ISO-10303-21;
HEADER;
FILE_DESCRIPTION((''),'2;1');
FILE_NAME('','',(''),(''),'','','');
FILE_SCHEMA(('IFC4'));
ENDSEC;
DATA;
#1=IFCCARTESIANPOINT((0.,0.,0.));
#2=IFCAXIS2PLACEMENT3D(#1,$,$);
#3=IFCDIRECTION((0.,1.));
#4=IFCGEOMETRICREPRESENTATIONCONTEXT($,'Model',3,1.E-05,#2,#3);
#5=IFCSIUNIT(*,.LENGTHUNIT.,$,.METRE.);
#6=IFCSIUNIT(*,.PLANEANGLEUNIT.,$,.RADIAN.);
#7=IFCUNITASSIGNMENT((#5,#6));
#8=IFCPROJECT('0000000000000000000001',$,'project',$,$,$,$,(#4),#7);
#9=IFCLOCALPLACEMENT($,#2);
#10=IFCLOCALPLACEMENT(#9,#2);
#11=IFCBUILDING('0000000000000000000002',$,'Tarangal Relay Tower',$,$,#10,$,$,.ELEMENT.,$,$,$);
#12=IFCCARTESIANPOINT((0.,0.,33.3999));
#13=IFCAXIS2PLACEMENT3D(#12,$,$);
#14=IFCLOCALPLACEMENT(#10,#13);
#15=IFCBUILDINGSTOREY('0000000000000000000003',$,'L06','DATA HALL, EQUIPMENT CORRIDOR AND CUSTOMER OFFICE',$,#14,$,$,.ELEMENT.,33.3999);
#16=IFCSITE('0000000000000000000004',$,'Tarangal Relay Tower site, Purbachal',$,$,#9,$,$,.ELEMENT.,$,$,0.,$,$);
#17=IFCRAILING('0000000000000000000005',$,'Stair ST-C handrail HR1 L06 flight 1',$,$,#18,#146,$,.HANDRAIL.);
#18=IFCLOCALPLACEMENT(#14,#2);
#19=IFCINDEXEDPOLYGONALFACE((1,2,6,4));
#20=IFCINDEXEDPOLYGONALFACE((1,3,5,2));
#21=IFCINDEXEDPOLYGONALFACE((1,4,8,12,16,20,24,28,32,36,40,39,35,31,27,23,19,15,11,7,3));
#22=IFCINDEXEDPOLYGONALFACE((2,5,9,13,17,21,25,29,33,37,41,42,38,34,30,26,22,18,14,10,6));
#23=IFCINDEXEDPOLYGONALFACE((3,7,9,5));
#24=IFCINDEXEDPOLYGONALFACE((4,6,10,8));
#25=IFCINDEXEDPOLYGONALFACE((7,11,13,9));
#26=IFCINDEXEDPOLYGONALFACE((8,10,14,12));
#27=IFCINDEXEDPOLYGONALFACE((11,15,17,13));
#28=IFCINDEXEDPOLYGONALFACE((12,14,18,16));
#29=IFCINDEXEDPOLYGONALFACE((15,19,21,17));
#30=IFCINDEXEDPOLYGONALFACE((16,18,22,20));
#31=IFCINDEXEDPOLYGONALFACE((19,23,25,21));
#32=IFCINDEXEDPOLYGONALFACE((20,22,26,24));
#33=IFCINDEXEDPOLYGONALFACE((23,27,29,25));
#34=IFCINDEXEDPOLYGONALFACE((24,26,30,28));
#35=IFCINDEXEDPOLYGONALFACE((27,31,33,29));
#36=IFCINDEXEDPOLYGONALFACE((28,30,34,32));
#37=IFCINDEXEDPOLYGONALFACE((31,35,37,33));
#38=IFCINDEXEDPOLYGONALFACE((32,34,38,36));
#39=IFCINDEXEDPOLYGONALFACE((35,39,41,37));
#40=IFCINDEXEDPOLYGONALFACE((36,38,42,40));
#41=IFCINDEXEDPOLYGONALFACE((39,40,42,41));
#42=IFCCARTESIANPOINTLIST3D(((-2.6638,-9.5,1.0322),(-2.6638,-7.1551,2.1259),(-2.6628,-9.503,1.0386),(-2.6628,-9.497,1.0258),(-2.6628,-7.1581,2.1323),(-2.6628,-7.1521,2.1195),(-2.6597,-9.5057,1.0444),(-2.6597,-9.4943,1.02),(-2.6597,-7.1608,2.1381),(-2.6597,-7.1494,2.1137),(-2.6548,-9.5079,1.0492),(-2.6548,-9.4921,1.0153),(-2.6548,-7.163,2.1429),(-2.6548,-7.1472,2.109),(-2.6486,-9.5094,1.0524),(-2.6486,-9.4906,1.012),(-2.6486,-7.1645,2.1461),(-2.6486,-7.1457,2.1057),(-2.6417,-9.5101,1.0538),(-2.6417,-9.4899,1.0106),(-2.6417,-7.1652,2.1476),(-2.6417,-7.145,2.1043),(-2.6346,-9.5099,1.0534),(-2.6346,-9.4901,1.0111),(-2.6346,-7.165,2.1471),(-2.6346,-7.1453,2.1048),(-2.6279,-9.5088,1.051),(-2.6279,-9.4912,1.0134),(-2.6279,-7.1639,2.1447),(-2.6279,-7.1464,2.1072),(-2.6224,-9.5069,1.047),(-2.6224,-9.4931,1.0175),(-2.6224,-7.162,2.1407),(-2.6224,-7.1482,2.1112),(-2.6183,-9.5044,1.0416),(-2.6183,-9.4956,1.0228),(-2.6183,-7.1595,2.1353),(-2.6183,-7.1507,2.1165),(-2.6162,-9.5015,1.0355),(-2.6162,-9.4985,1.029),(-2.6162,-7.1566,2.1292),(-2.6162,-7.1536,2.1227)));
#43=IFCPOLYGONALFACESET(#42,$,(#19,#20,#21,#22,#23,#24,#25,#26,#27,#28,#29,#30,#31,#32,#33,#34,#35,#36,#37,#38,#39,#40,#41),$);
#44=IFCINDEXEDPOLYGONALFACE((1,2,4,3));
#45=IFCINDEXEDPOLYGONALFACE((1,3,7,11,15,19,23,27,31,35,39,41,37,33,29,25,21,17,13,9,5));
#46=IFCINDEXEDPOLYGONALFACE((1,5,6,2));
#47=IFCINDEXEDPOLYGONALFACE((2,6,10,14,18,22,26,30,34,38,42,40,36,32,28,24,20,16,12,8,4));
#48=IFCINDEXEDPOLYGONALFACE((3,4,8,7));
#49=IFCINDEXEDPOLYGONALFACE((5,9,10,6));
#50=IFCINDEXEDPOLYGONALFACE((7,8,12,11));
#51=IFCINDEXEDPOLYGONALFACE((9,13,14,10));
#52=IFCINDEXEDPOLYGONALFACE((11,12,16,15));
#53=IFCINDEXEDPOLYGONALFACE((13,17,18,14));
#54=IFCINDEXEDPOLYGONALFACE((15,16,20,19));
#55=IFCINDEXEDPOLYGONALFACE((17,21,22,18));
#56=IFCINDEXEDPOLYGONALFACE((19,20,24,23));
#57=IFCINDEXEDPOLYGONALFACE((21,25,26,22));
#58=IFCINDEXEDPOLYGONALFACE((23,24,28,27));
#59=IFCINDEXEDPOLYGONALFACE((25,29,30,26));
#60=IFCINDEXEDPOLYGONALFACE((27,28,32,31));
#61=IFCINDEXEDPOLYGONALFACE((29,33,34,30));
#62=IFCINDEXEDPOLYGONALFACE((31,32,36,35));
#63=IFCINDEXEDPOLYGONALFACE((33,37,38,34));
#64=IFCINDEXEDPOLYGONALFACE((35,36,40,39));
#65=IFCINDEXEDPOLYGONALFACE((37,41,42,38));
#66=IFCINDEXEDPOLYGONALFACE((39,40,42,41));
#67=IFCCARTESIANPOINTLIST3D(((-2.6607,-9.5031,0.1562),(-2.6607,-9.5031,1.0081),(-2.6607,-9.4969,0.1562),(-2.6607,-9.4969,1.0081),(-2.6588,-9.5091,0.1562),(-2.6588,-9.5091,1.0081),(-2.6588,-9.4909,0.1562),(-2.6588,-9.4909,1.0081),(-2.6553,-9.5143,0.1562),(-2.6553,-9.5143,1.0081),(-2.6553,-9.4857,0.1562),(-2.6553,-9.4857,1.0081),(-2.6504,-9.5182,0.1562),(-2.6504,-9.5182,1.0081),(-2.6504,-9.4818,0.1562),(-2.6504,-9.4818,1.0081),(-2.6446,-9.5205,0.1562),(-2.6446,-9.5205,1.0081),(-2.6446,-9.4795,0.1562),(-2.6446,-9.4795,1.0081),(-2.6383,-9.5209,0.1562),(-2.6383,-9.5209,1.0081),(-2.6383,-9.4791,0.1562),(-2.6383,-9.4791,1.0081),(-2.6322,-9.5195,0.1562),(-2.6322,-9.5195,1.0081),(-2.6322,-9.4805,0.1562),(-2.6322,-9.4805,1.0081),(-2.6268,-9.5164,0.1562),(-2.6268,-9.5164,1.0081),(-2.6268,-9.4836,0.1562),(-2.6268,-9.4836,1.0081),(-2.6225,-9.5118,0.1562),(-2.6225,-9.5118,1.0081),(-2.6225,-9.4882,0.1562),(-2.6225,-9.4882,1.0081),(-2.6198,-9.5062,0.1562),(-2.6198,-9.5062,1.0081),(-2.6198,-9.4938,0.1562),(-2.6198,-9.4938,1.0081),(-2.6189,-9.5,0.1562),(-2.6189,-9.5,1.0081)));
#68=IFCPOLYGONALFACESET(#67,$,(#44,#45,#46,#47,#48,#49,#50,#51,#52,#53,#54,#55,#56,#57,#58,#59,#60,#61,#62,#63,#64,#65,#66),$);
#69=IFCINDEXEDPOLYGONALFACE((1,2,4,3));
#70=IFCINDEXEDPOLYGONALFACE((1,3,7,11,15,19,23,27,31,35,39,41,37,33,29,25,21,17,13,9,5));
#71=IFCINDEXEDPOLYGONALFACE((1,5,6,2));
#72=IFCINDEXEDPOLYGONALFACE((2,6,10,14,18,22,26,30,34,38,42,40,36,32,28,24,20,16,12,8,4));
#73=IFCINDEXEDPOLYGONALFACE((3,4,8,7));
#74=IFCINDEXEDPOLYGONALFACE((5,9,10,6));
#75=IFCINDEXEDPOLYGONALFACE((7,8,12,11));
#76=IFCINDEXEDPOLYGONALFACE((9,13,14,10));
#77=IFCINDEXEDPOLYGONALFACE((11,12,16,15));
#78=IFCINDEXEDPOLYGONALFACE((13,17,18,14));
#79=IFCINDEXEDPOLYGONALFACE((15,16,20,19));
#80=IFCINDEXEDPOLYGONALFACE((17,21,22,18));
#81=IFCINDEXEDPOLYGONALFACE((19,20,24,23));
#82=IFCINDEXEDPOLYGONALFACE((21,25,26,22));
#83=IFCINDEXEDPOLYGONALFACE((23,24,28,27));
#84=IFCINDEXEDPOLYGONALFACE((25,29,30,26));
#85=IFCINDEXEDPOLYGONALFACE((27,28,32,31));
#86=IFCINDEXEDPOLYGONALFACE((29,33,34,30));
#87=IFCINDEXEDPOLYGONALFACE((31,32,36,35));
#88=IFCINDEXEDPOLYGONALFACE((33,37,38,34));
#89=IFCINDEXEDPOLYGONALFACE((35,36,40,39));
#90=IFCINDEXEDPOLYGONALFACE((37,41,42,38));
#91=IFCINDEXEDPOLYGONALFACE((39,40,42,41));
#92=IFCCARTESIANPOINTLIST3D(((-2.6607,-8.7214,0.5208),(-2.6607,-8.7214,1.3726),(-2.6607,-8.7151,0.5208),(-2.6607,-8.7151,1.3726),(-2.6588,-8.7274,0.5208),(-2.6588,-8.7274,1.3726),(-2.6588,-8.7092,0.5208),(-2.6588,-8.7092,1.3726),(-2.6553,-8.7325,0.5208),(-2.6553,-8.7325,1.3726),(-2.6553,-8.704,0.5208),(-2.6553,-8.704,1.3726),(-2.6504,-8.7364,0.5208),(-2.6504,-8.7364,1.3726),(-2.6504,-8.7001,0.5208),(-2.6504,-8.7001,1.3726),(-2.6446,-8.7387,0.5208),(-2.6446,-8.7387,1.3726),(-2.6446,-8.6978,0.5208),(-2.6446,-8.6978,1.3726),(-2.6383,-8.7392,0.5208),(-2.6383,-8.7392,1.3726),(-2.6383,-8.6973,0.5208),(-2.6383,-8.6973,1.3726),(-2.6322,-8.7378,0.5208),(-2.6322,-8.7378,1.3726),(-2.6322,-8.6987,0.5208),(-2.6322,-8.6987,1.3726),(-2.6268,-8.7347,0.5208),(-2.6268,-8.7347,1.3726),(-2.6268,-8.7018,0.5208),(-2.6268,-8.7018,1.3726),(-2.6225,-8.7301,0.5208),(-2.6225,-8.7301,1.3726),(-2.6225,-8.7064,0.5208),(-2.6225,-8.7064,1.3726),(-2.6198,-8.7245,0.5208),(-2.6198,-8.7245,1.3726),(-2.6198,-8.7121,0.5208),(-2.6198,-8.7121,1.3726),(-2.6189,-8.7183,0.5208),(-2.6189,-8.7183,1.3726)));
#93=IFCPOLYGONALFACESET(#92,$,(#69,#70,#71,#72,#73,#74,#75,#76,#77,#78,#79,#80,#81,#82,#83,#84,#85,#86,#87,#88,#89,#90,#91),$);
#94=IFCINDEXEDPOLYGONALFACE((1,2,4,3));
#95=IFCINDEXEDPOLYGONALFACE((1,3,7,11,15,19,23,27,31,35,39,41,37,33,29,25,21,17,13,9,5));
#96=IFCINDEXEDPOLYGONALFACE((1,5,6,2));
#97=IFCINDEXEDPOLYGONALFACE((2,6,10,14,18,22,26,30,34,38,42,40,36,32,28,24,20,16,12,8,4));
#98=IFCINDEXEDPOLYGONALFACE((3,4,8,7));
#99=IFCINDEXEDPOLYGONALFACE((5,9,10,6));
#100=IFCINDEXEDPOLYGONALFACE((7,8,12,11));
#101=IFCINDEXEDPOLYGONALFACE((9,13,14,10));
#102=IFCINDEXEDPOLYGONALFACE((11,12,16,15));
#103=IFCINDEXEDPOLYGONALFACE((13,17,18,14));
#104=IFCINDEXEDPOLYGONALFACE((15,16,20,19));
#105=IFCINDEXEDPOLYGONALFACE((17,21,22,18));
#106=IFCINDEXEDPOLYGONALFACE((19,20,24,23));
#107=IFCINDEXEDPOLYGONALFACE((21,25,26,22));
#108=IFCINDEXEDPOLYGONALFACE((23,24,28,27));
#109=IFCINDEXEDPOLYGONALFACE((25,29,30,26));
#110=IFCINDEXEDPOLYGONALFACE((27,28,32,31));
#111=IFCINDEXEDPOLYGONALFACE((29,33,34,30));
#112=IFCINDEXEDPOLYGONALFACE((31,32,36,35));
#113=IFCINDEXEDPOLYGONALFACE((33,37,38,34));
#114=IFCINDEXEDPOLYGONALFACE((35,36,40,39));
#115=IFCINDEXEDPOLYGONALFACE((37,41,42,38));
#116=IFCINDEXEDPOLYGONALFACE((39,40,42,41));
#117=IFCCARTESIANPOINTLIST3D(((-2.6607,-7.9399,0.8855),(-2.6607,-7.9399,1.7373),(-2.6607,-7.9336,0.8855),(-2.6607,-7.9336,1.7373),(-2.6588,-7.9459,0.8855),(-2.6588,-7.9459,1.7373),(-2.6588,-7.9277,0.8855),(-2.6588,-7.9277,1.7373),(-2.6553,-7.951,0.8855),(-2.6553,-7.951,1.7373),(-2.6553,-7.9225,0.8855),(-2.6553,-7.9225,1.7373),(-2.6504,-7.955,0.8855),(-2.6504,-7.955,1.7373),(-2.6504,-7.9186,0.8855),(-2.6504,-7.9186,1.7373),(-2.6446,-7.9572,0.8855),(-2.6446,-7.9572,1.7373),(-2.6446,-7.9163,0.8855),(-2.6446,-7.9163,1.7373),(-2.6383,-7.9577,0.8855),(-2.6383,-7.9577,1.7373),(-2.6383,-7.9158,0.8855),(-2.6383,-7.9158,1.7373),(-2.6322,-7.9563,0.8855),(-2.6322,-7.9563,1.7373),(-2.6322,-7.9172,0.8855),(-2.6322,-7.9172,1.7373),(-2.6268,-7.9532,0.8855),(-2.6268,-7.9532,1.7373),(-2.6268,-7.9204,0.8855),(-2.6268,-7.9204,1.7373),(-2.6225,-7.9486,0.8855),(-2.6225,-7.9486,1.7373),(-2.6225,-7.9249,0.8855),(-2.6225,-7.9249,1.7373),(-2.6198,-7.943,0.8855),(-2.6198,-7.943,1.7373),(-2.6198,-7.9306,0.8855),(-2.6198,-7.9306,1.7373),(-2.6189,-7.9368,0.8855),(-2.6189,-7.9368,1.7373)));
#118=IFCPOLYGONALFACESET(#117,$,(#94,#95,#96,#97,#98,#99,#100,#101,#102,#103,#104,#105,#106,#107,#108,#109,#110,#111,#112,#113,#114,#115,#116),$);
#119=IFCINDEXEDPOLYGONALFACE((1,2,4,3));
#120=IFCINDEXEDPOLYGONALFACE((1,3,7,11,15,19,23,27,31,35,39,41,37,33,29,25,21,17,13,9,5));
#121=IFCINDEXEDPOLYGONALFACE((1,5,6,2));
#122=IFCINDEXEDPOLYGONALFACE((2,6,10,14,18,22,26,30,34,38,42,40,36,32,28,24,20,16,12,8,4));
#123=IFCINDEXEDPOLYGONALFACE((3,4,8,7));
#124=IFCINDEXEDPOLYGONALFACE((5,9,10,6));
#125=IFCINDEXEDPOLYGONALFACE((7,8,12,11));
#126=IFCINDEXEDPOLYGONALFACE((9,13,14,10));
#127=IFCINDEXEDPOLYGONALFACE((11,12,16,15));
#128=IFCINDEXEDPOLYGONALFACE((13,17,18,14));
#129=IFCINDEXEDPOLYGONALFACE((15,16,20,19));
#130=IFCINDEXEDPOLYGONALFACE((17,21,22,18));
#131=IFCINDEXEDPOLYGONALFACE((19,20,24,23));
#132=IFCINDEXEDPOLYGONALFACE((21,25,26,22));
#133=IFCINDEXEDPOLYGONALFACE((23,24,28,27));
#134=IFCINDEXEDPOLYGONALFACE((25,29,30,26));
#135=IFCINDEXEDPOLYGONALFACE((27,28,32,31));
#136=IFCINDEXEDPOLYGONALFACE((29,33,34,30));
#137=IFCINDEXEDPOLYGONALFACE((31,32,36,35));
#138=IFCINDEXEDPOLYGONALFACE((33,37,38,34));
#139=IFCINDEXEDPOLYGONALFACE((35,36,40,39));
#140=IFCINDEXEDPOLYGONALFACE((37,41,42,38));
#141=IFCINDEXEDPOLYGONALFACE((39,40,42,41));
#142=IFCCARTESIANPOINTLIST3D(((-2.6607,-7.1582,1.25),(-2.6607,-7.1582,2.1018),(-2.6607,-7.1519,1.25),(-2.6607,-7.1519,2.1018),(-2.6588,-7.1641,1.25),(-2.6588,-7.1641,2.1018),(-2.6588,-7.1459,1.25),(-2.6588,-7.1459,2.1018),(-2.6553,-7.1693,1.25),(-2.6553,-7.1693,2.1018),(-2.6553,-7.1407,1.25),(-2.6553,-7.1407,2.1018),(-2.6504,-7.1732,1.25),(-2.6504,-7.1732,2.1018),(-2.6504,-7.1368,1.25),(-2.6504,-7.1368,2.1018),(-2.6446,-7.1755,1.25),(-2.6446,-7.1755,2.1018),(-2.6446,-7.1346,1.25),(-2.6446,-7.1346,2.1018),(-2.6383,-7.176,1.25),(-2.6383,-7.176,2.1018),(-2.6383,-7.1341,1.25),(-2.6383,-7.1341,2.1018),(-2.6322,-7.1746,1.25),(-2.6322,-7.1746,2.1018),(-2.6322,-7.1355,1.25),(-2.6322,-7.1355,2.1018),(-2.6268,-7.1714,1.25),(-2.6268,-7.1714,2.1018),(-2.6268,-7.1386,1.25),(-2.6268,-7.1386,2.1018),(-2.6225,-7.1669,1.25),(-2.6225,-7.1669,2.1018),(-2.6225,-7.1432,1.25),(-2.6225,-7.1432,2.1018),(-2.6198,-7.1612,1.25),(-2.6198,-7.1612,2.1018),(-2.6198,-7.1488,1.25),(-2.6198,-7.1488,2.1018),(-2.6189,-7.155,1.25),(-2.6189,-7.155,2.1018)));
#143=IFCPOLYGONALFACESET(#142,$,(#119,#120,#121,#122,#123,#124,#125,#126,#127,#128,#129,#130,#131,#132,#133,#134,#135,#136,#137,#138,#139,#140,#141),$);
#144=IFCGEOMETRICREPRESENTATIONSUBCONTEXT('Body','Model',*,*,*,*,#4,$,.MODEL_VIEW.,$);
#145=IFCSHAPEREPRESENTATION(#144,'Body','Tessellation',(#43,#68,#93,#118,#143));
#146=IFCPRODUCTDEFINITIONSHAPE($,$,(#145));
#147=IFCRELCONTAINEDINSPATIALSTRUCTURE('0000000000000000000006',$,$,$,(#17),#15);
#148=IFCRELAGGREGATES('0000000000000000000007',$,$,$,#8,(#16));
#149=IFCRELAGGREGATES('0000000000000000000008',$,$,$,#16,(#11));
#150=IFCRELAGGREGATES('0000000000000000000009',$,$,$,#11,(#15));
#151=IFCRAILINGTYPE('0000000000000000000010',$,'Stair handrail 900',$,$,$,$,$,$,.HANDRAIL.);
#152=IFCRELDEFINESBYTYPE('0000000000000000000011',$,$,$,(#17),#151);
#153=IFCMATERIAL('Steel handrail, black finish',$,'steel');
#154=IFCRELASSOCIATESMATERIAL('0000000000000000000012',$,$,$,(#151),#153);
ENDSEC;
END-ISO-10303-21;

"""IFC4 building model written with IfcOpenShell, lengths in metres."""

from ifc_helpers import new_model, si_unit, direction, frame, origin, origin_2d, place, context, subcontext, project, spatial, circle, extrude, material, type_object, element, save


model = new_model("IFC4")

# Units and contexts
model_context = context("Model", 3, precision=1e-05, world=origin(), true_north=direction((0.0, 1.0)))
body_context = subcontext(model_context, "Body", "Model", "MODEL_VIEW")
ifc_project = project(units=[si_unit("LENGTHUNIT", "METRE"), si_unit("PLANEANGLEUNIT", "RADIAN")], contexts=[model_context])

# Site, building, storey
site_placement = place(None, origin())
site = spatial("IfcSite", under=ifc_project, at=site_placement, Name="Tarangal Relay Tower site, Purbachal", CompositionType="ELEMENT", RefElevation=0.0)
building_placement = place(site_placement, origin())
building = spatial("IfcBuilding", under=site, at=building_placement, Name="Tarangal Relay Tower", CompositionType="ELEMENT")
storey_placement = place(building_placement, frame((0.0, 0.0, 33.3999)))
storey = spatial("IfcBuildingStorey", under=building, at=storey_placement, Name="L06", Description="DATA HALL, EQUIPMENT CORRIDOR AND CUSTOMER OFFICE", CompositionType="ELEMENT", Elevation=33.3999)

# Railing
ifc_material_1 = material(Name="Steel handrail, black finish", Category="steel")
railing_type_1 = type_object("IfcRailingType", Name="Stair handrail 900", PredefinedType="HANDRAIL", material=ifc_material_1)
for number, where, name in (
    (1, (-2.6399, -9.5, 0.1562), "Stair ST-C handrail HR1 L06 flight 1"),
):
    element("IfcRailing", number, at=place(storey_placement, frame(where)), inside=storey, type_object=railing_type_1, Name=name, PredefinedType="HANDRAIL", context=body_context, shape_type="SweptSolid", body=[
        extrude(circle(Radius=0.0239, at=origin_2d()), frame((0.0, 0.0, 0.876), z_axis=(0.0, 0.906267, 0.422705), x_axis=(-1.0, 0.0, 0.0)), (0.0, 0.0, 1.0), 2.5874),
        extrude(circle(Radius=0.021, at=origin_2d()), origin(), (0.0, 0.0, 1.0), 0.8518),
        extrude(circle(Radius=0.021, at=origin_2d()), frame((0.0, 0.7817, 0.3645)), (0.0, 0.0, 1.0), 0.8518),
        extrude(circle(Radius=0.021, at=origin_2d()), frame((0.0, 1.5632, 0.7292)), (0.0, 0.0, 1.0), 0.8518),
        extrude(circle(Radius=0.021, at=origin_2d()), frame((0.0, 2.345, 1.0938)), (0.0, 0.0, 1.0), 0.8518),
    ])

save(model, "model.ifc")
